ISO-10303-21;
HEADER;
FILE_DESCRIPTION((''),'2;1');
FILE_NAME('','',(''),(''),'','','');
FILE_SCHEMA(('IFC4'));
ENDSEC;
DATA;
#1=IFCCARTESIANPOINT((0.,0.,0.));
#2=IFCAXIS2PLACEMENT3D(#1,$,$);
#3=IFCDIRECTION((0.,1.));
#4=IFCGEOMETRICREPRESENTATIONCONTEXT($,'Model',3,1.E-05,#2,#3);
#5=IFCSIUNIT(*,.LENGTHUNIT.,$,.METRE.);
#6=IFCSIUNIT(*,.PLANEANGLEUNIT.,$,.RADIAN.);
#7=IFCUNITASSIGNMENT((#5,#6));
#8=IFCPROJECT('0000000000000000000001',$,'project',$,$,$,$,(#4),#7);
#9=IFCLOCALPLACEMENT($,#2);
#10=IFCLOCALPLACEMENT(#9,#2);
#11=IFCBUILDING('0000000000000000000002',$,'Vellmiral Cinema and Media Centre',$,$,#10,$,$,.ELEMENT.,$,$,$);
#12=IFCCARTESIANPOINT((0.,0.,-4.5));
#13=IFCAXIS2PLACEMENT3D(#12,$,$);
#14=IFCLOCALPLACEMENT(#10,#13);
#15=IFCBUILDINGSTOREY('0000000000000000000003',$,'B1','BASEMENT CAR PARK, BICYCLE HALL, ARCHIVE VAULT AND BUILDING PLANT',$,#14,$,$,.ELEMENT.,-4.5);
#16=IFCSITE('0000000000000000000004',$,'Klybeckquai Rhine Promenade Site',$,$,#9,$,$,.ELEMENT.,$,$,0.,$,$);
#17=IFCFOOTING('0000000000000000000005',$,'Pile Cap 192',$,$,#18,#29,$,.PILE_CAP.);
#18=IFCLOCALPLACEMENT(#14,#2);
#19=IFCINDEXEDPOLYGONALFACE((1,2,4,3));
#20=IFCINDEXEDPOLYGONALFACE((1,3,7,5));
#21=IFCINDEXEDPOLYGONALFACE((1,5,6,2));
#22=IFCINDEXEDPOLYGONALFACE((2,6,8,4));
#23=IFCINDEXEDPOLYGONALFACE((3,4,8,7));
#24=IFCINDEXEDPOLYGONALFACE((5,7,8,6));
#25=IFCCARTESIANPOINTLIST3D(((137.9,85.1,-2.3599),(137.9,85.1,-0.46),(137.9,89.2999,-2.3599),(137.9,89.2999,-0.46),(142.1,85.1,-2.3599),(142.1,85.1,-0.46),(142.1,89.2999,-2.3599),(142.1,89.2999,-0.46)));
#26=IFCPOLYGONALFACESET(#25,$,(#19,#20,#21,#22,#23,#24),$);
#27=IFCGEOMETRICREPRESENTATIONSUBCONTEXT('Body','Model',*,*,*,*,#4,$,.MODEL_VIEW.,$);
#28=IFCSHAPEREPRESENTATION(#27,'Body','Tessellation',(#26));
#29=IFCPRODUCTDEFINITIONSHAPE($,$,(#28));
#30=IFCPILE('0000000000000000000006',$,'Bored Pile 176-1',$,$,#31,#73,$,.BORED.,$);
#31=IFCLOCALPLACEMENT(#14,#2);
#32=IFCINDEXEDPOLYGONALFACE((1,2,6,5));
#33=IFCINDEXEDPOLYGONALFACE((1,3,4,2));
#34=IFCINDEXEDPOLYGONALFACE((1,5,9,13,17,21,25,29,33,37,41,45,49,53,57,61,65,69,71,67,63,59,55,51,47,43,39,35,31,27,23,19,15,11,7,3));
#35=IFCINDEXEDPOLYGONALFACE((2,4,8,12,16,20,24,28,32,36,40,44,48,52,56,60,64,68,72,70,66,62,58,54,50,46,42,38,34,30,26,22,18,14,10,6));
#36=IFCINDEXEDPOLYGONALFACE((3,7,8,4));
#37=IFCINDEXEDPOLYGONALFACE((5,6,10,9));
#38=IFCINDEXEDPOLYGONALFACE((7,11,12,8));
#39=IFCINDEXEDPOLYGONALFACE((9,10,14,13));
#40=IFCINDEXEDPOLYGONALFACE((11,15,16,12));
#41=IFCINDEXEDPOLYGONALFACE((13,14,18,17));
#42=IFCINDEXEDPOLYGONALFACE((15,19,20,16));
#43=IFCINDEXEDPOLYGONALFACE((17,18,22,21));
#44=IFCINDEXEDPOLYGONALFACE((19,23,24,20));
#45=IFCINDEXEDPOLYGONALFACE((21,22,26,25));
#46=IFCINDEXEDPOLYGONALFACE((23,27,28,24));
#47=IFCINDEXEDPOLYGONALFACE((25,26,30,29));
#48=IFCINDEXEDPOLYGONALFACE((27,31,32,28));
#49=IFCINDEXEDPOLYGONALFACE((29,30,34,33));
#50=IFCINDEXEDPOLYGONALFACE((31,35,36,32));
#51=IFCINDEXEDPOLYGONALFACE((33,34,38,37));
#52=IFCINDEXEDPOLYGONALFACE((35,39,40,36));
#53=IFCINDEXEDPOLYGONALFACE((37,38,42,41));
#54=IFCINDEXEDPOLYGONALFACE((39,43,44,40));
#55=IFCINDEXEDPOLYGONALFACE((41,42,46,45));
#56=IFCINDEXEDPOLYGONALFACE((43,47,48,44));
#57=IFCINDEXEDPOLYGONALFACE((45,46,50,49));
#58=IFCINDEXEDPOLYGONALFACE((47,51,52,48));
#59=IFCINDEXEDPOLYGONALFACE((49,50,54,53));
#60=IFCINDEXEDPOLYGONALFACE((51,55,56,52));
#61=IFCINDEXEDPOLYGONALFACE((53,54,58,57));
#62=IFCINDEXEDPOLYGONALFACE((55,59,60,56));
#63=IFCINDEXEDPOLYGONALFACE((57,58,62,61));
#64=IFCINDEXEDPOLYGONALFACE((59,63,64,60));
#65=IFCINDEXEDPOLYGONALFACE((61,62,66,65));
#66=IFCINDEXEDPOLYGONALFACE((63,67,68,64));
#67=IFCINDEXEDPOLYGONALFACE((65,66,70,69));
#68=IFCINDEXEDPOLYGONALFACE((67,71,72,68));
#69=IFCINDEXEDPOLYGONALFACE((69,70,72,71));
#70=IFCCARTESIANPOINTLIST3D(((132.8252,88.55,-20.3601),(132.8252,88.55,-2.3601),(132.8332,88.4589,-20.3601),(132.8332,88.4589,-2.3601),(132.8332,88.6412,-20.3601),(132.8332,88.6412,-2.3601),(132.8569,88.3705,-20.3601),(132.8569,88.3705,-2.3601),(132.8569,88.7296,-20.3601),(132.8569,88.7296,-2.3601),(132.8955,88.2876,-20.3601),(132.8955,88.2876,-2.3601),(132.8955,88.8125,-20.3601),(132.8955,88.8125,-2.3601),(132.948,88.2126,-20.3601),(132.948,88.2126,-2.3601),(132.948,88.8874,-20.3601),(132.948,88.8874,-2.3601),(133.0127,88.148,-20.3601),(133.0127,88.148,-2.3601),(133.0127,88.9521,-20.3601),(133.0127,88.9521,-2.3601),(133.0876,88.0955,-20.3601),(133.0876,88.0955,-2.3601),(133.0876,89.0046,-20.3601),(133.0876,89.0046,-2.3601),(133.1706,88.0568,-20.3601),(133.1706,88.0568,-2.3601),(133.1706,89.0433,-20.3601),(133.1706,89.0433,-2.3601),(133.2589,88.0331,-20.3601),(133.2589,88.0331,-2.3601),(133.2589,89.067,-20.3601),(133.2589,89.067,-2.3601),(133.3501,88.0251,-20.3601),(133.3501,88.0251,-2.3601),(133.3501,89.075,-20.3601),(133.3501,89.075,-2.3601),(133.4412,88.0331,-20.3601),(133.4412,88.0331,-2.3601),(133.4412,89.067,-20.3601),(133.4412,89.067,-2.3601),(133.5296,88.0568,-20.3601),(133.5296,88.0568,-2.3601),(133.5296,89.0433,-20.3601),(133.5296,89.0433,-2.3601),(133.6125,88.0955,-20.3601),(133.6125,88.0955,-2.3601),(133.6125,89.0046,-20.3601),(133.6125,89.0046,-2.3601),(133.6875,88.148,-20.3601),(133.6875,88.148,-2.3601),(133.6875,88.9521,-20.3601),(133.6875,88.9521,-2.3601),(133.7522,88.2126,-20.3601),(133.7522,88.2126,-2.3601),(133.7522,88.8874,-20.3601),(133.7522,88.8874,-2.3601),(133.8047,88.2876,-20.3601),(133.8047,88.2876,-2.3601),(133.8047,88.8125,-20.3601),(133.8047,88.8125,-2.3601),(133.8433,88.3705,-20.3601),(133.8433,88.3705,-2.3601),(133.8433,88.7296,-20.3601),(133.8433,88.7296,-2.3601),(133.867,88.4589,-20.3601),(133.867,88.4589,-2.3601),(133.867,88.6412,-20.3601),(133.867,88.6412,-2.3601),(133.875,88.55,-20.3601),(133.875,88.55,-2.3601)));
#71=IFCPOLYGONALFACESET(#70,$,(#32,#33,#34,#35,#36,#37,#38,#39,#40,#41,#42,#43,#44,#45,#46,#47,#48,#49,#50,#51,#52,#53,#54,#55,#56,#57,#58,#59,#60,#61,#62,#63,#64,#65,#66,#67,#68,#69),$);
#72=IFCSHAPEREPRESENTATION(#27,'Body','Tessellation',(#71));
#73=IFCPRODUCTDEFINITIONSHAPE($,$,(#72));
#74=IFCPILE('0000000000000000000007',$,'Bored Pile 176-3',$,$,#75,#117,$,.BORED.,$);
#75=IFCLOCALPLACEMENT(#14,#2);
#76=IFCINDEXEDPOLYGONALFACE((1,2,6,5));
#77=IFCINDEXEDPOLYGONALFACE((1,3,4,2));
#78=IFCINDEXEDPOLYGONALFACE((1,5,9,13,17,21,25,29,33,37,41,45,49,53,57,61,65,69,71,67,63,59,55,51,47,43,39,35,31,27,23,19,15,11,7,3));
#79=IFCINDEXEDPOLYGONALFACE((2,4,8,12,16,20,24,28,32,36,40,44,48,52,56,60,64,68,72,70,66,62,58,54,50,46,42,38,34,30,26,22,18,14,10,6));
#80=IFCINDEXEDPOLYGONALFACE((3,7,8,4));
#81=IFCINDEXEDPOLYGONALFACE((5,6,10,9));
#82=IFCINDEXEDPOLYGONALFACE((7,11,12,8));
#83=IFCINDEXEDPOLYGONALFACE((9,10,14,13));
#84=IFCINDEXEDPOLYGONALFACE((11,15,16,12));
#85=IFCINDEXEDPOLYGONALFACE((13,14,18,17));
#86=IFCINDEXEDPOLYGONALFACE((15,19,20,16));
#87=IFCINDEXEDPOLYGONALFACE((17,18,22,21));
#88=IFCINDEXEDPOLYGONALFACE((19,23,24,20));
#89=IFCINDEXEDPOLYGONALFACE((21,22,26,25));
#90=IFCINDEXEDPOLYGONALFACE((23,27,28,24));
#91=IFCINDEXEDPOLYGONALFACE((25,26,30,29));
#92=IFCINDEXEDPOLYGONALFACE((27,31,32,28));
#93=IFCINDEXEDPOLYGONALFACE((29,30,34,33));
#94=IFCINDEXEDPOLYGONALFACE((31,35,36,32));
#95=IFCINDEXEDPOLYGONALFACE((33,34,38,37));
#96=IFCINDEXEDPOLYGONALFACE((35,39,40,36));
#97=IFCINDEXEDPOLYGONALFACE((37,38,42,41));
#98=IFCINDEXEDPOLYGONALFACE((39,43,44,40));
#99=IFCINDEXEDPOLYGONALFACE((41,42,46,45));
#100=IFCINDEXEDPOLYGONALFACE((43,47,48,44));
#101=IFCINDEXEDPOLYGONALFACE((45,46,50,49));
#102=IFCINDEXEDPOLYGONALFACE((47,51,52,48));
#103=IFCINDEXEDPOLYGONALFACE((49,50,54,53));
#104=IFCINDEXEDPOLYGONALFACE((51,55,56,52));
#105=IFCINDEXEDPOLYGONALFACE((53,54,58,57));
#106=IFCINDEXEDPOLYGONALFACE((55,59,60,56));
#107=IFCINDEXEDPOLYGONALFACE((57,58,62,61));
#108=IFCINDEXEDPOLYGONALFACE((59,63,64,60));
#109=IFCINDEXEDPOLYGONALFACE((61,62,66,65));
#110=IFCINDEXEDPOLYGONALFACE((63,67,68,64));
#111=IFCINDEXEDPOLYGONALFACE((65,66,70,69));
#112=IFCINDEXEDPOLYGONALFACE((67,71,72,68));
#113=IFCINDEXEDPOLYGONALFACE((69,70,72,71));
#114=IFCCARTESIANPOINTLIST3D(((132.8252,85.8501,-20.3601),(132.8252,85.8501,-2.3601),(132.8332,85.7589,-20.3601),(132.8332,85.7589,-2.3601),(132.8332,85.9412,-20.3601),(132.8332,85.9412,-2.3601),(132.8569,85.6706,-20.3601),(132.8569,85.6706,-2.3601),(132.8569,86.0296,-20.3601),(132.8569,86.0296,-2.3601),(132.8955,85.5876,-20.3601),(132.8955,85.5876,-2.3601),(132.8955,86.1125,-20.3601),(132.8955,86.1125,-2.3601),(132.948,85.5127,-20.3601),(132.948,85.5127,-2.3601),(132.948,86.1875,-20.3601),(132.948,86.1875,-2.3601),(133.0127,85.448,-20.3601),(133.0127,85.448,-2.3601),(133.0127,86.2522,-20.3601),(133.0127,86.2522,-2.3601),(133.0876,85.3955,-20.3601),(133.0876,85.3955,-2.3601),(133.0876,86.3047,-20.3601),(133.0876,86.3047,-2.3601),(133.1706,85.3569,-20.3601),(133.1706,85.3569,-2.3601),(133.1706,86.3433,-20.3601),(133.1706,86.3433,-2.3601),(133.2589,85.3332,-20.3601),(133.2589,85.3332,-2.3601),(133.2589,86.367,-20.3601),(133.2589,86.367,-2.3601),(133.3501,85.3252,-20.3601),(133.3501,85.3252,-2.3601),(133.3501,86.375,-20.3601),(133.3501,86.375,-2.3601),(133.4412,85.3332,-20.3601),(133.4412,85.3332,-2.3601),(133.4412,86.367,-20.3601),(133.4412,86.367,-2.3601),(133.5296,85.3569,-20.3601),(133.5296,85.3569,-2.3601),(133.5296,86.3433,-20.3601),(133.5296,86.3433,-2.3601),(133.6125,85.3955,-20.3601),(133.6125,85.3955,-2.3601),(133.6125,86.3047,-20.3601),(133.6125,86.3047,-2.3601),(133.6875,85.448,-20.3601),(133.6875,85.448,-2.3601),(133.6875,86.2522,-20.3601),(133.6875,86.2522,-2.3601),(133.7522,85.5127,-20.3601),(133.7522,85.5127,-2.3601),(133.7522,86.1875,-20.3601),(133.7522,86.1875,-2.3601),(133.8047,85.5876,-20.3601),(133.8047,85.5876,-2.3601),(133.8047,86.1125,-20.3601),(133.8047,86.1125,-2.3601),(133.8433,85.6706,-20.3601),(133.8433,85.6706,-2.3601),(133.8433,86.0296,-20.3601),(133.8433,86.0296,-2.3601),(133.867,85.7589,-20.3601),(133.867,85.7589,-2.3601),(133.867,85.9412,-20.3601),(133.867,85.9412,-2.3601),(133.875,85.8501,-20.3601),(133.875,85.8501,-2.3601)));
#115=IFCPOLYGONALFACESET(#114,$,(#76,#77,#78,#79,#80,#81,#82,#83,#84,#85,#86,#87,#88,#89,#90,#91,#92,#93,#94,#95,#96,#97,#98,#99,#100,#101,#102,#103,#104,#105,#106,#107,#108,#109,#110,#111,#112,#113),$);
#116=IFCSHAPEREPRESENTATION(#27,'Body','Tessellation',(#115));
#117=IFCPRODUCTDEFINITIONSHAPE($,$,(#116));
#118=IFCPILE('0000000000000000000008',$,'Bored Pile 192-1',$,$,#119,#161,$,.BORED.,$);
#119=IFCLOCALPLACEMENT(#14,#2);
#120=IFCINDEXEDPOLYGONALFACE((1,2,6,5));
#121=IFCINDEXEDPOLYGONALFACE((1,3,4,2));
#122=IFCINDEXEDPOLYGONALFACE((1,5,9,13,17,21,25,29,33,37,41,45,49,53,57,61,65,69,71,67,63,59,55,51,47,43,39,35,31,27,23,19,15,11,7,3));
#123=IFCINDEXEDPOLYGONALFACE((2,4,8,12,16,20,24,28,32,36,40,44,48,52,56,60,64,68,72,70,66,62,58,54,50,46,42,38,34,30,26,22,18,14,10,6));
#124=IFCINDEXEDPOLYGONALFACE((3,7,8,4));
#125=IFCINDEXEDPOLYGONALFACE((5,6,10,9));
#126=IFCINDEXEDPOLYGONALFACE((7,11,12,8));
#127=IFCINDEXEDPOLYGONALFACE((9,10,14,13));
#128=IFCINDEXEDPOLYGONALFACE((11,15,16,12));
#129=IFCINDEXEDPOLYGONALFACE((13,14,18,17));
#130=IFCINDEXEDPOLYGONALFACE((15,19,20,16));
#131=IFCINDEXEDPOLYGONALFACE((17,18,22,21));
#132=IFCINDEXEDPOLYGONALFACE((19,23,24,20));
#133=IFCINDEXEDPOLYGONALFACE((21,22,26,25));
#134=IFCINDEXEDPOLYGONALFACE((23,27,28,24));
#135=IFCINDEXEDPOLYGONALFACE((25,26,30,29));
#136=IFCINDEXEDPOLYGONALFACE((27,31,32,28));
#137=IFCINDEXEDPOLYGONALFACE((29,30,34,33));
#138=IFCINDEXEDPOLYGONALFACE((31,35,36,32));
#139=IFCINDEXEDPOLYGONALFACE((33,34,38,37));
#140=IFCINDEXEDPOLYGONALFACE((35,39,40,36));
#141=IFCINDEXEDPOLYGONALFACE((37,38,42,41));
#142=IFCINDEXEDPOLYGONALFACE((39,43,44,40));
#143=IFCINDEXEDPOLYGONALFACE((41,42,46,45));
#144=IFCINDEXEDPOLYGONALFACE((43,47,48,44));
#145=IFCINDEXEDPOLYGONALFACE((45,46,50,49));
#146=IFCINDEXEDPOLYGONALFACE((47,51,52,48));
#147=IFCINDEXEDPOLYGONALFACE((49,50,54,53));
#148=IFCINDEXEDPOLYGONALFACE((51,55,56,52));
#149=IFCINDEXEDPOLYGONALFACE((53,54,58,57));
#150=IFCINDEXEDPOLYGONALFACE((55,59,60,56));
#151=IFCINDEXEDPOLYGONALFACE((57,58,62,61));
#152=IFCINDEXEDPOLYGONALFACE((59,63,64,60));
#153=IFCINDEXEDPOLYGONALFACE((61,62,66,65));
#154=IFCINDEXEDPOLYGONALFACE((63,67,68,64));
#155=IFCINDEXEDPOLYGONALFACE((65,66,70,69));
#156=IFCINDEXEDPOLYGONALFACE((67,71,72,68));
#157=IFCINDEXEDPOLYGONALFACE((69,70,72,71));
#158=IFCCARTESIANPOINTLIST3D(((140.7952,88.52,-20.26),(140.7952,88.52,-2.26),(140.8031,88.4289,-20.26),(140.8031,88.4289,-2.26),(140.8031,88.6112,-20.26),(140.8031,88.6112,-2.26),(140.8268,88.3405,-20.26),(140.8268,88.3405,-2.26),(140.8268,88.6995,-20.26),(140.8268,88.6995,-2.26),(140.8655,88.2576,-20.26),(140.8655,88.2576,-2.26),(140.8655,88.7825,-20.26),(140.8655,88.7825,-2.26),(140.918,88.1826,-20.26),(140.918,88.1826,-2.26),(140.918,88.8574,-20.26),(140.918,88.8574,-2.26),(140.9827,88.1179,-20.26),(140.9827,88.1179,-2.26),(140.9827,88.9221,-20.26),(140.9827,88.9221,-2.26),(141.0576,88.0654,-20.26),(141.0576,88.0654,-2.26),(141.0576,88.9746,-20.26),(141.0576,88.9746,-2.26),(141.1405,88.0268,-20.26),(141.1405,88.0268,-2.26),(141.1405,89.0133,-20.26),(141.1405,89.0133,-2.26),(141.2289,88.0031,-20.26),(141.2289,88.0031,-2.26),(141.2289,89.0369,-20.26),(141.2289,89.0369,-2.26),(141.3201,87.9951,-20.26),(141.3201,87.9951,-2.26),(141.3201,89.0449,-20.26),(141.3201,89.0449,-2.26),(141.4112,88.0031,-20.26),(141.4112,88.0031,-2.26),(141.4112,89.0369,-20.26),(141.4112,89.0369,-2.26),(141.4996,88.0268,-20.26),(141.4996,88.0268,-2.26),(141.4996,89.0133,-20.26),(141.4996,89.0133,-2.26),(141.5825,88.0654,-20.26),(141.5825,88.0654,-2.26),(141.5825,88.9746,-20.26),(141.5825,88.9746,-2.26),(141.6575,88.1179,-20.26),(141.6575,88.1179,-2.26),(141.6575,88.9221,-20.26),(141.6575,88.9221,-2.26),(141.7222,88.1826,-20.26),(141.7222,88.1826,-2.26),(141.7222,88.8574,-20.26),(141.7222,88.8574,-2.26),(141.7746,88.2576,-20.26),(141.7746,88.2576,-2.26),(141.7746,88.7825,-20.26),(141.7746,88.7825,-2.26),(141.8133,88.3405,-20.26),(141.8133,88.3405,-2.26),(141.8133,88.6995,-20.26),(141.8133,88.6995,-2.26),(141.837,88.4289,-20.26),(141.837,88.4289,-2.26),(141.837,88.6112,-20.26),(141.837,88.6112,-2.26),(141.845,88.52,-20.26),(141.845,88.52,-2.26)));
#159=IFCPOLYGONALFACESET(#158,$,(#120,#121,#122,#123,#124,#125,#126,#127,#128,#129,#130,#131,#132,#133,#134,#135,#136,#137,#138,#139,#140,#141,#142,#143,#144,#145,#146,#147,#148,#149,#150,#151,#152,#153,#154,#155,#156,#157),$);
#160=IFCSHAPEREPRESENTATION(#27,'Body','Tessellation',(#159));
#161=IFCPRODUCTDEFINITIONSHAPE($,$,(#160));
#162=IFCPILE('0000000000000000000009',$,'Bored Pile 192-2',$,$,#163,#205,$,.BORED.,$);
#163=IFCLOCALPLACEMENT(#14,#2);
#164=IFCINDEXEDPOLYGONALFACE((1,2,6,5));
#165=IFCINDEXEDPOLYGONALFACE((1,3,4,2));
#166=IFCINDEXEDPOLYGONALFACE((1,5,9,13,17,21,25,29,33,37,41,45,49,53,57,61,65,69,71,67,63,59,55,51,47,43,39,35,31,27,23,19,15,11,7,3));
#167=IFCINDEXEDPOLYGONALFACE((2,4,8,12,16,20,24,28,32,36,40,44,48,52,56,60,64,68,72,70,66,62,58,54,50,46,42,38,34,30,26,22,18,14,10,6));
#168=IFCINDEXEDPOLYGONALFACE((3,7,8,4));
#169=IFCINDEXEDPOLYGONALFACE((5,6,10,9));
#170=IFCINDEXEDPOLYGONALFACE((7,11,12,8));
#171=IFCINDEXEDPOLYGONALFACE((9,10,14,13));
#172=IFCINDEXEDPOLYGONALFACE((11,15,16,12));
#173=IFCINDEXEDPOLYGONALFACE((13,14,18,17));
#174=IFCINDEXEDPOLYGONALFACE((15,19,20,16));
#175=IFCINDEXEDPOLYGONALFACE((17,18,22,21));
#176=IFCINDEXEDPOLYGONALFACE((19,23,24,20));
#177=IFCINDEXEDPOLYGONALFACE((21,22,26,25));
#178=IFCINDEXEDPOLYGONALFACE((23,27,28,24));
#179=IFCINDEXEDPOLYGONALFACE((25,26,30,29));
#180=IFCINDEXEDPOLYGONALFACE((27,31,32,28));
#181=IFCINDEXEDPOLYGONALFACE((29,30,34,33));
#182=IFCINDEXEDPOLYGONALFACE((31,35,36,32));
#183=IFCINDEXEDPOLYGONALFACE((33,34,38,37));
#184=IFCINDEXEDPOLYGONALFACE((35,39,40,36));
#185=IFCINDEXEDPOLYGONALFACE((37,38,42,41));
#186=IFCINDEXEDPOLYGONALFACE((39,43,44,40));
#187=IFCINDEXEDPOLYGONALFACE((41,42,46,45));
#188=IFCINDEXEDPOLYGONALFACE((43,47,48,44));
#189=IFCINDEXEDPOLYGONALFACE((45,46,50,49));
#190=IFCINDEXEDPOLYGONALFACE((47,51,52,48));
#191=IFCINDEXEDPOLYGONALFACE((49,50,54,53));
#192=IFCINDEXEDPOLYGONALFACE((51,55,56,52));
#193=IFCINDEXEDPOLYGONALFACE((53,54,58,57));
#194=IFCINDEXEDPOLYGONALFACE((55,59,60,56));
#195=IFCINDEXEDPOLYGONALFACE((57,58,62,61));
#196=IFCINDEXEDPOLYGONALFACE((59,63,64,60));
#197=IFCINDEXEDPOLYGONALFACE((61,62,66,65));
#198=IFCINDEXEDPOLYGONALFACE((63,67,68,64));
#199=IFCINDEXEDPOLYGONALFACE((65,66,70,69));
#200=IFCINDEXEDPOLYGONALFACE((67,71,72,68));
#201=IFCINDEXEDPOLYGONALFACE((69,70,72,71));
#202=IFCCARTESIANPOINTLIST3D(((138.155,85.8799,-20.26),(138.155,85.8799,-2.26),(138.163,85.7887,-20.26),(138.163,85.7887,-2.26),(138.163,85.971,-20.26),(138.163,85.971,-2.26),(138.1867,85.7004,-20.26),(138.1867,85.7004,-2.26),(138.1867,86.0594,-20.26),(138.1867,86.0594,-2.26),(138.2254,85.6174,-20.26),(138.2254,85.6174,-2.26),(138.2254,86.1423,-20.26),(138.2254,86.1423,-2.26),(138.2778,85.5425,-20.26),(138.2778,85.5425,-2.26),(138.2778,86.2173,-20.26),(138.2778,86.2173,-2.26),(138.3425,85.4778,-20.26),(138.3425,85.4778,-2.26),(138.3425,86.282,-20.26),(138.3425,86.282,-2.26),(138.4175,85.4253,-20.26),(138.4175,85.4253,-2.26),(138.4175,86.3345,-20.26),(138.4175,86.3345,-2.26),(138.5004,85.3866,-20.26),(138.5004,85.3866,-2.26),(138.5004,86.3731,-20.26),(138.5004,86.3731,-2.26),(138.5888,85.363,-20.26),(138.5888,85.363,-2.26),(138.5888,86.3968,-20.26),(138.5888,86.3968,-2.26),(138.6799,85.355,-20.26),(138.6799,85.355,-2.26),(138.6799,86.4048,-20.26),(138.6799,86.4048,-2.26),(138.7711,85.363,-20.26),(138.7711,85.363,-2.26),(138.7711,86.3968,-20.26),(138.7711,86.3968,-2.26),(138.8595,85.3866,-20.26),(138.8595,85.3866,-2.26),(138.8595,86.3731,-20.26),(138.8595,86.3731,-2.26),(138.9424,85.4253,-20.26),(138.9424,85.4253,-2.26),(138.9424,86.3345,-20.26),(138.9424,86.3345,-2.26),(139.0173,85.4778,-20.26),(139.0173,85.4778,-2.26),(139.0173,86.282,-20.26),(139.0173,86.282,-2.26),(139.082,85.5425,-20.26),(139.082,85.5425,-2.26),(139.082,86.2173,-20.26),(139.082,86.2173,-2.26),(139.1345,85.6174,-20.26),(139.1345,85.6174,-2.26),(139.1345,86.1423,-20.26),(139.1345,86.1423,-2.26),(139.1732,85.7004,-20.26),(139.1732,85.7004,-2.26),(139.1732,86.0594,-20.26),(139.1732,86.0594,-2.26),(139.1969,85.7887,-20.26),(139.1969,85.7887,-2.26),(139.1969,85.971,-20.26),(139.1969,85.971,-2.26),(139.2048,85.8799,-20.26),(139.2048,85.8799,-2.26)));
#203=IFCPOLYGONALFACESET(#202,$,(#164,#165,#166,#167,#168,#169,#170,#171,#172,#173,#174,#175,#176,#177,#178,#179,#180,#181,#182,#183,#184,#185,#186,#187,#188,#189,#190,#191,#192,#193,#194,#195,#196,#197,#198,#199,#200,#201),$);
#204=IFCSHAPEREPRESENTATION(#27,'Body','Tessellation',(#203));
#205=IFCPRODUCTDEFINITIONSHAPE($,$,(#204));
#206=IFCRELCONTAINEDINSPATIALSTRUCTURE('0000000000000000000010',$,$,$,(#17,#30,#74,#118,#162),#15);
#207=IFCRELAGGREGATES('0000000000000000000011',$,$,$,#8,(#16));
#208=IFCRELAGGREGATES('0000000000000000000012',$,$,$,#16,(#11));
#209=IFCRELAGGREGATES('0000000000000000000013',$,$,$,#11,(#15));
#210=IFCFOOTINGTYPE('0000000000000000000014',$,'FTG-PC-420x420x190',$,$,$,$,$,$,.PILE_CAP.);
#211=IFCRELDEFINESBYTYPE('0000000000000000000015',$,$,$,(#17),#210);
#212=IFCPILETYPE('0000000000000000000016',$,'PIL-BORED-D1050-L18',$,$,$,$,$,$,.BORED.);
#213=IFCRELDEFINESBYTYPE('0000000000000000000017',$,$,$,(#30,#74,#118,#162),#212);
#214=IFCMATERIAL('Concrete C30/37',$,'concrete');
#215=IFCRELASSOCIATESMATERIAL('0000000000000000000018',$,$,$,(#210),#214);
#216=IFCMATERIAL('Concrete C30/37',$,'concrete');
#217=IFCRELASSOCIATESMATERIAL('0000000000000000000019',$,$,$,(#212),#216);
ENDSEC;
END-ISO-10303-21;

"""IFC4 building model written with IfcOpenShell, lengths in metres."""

from ifc_helpers import new_model, si_unit, direction, frame, origin, origin_2d, place, context, subcontext, project, spatial, rectangle, circle, extrude, material, material_profile, profile_set, type_object, element, save


model = new_model("IFC4")

# Units and contexts
model_context = context("Model", 3, precision=1e-05, world=origin(), true_north=direction((0.0, 1.0)))
body_context = subcontext(model_context, "Body", "Model", "MODEL_VIEW")
ifc_project = project(units=[si_unit("LENGTHUNIT", "METRE"), si_unit("PLANEANGLEUNIT", "RADIAN")], contexts=[model_context])

# Site, building, storey
site_placement = place(None, origin())
site = spatial("IfcSite", under=ifc_project, at=site_placement, Name="Klybeckquai Rhine Promenade Site", CompositionType="ELEMENT", RefElevation=0.0)
building_placement = place(site_placement, origin())
building = spatial("IfcBuilding", under=site, at=building_placement, Name="Vellmiral Cinema and Media Centre", CompositionType="ELEMENT")
storey_placement = place(building_placement, frame((0.0, 0.0, -4.5)))
storey = spatial("IfcBuildingStorey", under=building, at=storey_placement, Name="B1", Description="BASEMENT CAR PARK, BICYCLE HALL, ARCHIVE VAULT AND BUILDING PLANT", CompositionType="ELEMENT", Elevation=-4.5)

# Footing
ifc_material_1 = material(Name="Concrete C30/37", Category="concrete")
footing_type = type_object("IfcFootingType", Name="FTG-PC-420x420x190", PredefinedType="PILE_CAP", material=ifc_material_1)
footing_placement = place(storey_placement, frame((140.0, 87.2, -2.3599), z_axis=(0.0, 0.0, 1.0), x_axis=(1.0, 0.0, 0.0)))
element("IfcFooting", 1, at=footing_placement, inside=storey, type_object=footing_type, Name="Pile Cap 192", PredefinedType="PILE_CAP", context=body_context, shape_type="SweptSolid", body=[
    extrude(rectangle(XDim=4.2, YDim=4.2, at=origin_2d()), origin(), (0.0, 0.0, 1.0), 1.8999),
])

# Piles
ifc_material_2 = material(Name="Concrete C30/37", Category="concrete")
ifc_material_profile_1 = material_profile(ifc_material_2, circle(Radius=0.5249, at=origin_2d()), Name="PILE D1050")
ifc_profile_set_1 = profile_set([ifc_material_profile_1], Name="Concrete C30/37")
pile_type_1 = type_object("IfcPileType", Name="PIL-BORED-D1050-L18", PredefinedType="BORED", material=ifc_profile_set_1)
for number, where, z_axis, x_axis, name in (
    (2, (133.3501, 88.55, -2.3601), (0.0, 0.0, -1.0), (1.0, 0.0, 0.0), "Bored Pile 176-1"),
    (3, (133.3501, 85.8501, -2.3601), (0.0, 0.0, -1.0), (1.0, 0.0, 0.0), "Bored Pile 176-3"),
    (4, (141.3201, 88.52, -2.26), (0.0, 0.0, -1.0), (1.0, 0.0, 0.0), "Bored Pile 192-1"),
    (5, (138.6799, 85.8799, -2.26), (0.0, 0.0, -1.0), (1.0, 0.0, 0.0), "Bored Pile 192-2"),
):
    element("IfcPile", number, at=place(storey_placement, frame(where, z_axis=z_axis, x_axis=x_axis)), inside=storey, type_object=pile_type_1, Name=name, PredefinedType="BORED", context=body_context, shape_type="SweptSolid", body=[
        extrude(circle(Radius=0.5249, at=origin_2d()), origin(), (0.0, 0.0, 1.0), 18.0),
    ])

save(model, "model.ifc")
